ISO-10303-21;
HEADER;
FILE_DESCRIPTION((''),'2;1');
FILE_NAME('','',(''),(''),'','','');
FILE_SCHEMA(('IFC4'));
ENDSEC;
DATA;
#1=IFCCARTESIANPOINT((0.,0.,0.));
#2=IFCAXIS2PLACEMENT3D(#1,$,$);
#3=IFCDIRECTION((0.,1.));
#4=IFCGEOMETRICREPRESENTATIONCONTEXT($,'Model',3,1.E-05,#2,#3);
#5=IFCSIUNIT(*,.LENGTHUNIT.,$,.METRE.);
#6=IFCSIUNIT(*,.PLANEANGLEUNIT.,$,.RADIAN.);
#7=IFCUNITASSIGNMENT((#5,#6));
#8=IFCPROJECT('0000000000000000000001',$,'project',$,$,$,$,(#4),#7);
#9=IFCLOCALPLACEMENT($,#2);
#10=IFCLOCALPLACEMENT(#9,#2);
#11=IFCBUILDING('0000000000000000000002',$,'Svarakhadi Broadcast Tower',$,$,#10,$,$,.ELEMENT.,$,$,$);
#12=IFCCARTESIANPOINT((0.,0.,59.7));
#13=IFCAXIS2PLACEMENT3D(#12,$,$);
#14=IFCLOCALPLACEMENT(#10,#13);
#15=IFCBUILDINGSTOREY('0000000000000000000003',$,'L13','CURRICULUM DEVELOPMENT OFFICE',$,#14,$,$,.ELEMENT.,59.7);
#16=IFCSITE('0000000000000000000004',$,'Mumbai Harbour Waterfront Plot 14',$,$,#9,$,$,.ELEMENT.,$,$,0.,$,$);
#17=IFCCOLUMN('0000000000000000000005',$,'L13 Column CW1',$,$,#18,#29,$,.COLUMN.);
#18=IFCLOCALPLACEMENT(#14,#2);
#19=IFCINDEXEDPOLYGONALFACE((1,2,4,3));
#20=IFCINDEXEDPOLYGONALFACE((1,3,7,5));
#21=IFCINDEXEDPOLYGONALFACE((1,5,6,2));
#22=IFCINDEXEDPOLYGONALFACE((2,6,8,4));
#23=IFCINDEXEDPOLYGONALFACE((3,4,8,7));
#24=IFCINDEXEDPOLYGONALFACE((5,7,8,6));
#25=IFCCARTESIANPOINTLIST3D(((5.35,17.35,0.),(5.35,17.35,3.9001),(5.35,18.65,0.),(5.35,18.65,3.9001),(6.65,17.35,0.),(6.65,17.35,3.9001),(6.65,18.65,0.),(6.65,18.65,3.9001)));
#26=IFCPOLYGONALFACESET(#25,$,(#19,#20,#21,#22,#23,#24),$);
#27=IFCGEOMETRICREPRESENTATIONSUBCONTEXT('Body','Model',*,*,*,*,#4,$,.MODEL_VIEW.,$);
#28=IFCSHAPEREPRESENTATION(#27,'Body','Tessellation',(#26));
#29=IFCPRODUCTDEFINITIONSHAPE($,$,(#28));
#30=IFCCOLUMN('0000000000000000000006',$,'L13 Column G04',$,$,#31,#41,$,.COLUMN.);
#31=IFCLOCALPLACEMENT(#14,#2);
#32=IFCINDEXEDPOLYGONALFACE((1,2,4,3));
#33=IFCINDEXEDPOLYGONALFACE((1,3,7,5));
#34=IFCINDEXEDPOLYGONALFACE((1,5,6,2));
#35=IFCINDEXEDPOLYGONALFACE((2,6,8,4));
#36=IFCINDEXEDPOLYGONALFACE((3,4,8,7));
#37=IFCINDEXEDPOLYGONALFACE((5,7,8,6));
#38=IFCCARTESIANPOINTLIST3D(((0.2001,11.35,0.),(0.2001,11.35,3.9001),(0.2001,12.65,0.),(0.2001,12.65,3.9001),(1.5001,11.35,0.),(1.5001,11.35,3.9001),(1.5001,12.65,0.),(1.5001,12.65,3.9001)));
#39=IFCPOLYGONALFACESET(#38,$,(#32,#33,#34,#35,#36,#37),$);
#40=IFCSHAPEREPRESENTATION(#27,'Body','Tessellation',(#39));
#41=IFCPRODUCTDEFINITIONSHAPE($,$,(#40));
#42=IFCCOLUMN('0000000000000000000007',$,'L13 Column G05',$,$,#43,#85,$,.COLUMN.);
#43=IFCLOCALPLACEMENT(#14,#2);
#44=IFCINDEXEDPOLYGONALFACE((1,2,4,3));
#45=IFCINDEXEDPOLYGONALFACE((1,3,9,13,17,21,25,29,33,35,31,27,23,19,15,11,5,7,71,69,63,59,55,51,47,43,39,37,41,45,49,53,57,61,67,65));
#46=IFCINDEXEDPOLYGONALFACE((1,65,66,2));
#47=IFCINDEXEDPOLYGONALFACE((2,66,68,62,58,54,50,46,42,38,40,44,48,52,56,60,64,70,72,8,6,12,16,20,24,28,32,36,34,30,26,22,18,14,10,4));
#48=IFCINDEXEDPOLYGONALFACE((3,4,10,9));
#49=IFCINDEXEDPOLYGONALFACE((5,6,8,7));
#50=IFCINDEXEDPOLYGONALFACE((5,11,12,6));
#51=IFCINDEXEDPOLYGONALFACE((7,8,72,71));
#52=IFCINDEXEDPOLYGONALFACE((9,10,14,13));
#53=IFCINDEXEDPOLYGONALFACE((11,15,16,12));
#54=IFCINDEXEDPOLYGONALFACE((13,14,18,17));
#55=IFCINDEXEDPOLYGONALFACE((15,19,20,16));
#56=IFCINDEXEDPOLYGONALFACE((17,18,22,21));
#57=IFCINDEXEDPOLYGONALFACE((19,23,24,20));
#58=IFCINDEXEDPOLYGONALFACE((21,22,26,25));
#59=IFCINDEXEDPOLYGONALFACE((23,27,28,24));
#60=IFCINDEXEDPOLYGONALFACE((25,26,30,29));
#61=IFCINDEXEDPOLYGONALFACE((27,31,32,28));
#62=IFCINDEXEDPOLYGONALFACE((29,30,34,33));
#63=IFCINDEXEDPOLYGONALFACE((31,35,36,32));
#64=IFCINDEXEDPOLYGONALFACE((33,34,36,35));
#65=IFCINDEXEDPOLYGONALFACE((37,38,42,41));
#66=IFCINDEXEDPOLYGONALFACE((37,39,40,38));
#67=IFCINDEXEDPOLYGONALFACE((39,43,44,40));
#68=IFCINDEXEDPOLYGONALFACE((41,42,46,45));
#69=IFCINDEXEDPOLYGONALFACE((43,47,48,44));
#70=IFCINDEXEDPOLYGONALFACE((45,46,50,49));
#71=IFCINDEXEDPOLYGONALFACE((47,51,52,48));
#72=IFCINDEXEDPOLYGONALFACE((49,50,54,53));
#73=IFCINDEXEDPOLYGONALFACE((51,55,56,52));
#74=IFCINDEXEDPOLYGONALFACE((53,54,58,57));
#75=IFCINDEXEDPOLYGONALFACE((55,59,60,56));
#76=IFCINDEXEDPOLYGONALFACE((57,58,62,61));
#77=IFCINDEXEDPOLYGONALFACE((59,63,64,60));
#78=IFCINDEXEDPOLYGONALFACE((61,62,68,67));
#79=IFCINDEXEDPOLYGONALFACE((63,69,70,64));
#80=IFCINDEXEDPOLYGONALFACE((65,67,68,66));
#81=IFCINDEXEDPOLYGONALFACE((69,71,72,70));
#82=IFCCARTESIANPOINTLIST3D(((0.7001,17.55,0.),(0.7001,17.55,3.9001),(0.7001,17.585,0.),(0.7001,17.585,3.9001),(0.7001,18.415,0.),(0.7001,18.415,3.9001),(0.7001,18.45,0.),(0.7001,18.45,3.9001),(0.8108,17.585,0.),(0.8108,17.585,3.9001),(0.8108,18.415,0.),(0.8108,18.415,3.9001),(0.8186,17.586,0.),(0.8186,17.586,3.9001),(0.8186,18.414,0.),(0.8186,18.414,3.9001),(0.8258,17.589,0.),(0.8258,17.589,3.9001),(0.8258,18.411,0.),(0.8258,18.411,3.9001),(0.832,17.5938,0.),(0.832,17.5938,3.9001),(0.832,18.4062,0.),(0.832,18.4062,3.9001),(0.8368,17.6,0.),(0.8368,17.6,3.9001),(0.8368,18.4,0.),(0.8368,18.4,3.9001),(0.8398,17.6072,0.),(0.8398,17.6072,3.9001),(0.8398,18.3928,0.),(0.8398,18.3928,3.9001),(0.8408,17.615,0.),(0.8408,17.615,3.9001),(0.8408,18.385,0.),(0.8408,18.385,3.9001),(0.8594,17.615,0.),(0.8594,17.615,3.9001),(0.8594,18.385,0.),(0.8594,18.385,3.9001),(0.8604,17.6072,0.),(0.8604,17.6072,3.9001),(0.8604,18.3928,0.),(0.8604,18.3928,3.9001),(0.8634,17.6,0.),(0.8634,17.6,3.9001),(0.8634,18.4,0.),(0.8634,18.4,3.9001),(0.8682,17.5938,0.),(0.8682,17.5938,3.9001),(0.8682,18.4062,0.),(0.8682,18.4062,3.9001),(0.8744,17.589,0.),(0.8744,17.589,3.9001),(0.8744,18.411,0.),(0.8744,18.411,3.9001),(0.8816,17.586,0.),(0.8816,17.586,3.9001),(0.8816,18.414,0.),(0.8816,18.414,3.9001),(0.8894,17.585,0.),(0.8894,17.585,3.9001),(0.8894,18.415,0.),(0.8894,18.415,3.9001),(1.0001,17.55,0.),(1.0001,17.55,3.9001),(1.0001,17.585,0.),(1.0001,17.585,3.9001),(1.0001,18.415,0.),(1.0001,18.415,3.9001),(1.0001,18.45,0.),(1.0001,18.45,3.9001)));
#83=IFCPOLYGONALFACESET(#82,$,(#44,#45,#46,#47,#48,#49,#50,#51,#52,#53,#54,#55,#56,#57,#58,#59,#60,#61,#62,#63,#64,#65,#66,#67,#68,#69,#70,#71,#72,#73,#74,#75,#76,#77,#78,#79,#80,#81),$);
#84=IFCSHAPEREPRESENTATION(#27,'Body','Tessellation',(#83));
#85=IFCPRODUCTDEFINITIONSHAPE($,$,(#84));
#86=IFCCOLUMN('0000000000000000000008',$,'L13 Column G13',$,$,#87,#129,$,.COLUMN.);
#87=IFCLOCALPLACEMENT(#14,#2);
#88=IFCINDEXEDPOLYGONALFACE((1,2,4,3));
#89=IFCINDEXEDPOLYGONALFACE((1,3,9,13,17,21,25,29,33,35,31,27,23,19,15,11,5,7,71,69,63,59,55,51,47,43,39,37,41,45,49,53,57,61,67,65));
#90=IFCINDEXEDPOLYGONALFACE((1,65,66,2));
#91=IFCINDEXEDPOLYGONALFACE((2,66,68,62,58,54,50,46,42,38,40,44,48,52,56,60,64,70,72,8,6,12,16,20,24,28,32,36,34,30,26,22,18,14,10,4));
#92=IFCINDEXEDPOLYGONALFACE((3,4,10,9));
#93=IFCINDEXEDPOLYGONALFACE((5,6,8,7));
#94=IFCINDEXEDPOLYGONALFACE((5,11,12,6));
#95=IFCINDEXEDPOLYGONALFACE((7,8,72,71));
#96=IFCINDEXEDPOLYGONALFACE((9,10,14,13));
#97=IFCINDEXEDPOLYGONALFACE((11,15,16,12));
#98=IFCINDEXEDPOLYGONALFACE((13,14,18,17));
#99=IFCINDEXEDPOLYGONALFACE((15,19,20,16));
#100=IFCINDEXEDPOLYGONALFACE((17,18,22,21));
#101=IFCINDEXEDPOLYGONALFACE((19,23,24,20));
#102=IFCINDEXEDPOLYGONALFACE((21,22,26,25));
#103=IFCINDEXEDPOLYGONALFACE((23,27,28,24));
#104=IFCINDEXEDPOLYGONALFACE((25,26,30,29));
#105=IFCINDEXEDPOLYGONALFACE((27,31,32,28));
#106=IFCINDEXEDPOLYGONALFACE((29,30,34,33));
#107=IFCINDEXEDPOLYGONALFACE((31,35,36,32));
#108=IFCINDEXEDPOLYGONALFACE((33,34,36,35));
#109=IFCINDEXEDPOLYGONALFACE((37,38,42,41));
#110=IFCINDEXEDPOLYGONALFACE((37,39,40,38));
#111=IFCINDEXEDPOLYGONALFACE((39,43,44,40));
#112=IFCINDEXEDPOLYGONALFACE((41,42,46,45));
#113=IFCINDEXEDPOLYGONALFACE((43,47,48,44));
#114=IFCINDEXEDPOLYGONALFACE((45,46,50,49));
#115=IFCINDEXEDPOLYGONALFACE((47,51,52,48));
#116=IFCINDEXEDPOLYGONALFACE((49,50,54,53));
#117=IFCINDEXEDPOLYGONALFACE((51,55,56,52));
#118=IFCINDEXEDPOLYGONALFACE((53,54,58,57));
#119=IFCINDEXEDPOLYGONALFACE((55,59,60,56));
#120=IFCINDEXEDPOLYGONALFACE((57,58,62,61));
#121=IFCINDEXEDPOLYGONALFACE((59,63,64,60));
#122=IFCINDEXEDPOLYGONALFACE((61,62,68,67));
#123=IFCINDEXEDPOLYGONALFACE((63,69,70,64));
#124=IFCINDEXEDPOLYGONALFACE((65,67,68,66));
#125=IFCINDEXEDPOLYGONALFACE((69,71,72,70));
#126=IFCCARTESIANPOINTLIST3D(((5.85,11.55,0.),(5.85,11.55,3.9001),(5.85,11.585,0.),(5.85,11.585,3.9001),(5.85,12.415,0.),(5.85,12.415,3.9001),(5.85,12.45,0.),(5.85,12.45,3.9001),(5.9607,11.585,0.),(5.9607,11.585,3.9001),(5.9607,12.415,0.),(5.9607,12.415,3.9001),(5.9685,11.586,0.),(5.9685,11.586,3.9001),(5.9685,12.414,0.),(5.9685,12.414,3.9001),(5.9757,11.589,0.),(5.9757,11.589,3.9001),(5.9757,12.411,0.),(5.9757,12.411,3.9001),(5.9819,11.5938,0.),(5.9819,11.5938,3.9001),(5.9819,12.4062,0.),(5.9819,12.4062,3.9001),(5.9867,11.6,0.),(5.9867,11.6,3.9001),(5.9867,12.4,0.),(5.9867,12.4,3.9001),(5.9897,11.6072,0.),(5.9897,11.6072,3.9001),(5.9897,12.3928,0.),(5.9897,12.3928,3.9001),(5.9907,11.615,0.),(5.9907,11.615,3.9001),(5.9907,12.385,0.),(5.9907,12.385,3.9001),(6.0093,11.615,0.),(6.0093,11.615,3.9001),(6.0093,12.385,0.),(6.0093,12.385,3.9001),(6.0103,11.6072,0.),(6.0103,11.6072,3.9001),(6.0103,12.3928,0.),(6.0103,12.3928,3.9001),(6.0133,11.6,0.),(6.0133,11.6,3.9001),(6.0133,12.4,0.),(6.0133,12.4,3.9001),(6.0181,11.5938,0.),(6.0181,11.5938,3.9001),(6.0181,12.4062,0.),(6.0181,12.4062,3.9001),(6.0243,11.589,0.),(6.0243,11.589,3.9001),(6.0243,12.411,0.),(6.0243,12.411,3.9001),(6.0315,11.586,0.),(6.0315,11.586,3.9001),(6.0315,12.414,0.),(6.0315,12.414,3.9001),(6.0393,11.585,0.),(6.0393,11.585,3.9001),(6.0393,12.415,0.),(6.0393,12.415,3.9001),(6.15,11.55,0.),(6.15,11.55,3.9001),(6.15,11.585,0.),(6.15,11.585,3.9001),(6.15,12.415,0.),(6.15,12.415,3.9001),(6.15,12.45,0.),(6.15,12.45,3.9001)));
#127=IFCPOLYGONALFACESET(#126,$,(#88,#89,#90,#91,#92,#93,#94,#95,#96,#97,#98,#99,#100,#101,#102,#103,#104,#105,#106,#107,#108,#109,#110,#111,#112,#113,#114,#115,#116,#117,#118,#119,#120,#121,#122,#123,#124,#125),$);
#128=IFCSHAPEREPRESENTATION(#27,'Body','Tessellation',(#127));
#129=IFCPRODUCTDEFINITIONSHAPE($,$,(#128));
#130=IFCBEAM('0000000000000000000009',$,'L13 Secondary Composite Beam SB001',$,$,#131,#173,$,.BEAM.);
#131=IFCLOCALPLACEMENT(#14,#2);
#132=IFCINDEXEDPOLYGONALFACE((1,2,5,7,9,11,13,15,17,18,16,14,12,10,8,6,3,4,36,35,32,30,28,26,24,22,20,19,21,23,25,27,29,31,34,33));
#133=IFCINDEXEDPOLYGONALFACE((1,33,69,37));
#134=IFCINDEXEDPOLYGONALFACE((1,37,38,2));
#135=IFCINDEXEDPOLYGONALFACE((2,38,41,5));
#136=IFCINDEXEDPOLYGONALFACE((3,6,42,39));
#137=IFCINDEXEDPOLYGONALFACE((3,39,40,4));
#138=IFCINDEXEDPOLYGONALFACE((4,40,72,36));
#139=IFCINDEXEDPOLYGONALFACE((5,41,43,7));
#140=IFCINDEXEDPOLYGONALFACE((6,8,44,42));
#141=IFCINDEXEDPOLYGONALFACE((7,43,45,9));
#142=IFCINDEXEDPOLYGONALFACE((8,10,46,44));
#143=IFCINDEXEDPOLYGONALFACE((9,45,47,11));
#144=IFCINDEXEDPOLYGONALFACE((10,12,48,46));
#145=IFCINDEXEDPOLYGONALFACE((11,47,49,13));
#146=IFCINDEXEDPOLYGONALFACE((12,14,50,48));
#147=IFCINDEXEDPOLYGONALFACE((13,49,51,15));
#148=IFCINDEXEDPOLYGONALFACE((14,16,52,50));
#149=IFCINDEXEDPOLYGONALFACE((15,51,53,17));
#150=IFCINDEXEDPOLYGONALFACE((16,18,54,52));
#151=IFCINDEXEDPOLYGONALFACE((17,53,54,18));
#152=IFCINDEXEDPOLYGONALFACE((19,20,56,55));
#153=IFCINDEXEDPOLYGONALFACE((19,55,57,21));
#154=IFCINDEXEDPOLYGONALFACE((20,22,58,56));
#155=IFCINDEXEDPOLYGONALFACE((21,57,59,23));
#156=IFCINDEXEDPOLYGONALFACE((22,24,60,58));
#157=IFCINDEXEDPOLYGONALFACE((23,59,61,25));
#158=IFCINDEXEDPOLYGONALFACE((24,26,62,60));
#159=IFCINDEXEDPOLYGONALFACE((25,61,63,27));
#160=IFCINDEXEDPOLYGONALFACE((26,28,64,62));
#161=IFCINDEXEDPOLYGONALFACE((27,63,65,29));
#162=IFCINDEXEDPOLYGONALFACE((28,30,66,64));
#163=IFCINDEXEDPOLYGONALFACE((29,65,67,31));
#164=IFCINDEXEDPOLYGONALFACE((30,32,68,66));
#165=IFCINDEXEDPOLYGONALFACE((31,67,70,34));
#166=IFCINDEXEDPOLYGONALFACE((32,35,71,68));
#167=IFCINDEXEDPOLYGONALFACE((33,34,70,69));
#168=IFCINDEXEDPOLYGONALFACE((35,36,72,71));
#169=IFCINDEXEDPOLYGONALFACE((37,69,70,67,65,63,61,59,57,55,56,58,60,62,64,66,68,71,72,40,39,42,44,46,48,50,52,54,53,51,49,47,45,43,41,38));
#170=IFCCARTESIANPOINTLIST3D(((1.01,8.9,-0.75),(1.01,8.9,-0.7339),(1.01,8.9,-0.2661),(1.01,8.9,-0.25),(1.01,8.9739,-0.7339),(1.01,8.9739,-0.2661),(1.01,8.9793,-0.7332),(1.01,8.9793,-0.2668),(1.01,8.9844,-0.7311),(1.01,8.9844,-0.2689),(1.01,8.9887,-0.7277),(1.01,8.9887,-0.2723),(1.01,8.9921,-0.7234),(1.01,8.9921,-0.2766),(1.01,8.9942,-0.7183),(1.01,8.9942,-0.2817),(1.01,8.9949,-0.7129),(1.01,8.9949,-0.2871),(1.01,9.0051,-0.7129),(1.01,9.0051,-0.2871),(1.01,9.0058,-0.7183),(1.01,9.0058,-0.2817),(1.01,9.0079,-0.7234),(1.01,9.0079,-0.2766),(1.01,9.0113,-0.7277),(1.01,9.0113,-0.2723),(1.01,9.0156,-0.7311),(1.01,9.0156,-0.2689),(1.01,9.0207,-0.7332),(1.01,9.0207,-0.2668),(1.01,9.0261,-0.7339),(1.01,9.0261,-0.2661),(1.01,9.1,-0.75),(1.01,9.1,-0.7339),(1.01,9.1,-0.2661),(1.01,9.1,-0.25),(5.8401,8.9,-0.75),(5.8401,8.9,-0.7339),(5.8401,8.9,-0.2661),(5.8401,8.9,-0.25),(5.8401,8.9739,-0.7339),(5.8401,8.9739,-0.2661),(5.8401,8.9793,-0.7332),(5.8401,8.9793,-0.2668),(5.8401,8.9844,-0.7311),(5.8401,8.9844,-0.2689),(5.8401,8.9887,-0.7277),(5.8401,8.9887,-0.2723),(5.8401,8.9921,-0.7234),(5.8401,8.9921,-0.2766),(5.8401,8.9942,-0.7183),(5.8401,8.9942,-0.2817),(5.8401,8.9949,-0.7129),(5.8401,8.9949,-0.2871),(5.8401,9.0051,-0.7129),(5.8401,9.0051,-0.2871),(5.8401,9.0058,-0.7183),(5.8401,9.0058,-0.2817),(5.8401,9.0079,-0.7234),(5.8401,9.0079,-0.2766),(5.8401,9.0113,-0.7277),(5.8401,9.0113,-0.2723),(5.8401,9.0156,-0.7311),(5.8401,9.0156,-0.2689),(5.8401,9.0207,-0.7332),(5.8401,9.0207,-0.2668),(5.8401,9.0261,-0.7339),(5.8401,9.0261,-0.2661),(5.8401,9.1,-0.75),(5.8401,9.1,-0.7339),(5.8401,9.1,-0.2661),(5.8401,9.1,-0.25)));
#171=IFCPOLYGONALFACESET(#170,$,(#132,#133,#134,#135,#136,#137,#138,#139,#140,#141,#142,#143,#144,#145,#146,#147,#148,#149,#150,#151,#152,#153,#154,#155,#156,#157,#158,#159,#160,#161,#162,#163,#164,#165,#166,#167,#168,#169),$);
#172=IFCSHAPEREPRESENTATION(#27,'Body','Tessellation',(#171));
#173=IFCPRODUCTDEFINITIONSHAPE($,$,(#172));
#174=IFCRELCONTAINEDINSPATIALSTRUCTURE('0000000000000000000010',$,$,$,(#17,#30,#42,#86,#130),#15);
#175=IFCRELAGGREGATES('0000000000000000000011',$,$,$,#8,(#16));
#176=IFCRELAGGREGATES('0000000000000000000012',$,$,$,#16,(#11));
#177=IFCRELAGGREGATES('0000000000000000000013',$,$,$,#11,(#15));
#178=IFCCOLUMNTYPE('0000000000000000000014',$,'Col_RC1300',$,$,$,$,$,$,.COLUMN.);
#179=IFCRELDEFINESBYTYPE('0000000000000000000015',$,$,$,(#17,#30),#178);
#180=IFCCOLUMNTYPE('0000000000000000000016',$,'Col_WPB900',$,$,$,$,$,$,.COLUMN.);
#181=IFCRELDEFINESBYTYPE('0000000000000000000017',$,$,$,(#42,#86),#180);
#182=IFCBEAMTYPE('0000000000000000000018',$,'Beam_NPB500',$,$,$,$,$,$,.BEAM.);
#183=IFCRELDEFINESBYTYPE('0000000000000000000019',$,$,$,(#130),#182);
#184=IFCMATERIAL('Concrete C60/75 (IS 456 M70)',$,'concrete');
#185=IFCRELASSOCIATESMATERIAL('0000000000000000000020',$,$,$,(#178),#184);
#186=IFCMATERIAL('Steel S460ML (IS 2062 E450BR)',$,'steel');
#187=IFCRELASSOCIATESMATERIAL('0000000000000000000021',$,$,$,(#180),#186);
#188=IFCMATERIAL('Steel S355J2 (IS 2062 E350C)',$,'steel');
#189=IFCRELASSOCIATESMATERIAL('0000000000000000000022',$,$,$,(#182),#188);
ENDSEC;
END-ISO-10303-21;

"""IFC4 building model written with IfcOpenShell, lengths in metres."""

from ifc_helpers import new_model, si_unit, direction, frame, origin, origin_2d, place, context, subcontext, project, spatial, rectangle, i_section, extrude, material, material_profile, profile_set, type_object, element, save


model = new_model("IFC4")

# Units and contexts
model_context = context("Model", 3, precision=1e-05, world=origin(), true_north=direction((0.0, 1.0)))
body_context = subcontext(model_context, "Body", "Model", "MODEL_VIEW")
ifc_project = project(units=[si_unit("LENGTHUNIT", "METRE"), si_unit("PLANEANGLEUNIT", "RADIAN")], contexts=[model_context])

# Site, building, storey
site_placement = place(None, origin())
site = spatial("IfcSite", under=ifc_project, at=site_placement, Name="Mumbai Harbour Waterfront Plot 14", CompositionType="ELEMENT", RefElevation=0.0)
building_placement = place(site_placement, origin())
building = spatial("IfcBuilding", under=site, at=building_placement, Name="Svarakhadi Broadcast Tower", CompositionType="ELEMENT")
storey_placement = place(building_placement, frame((0.0, 0.0, 59.7)))
storey = spatial("IfcBuildingStorey", under=building, at=storey_placement, Name="L13", Description="CURRICULUM DEVELOPMENT OFFICE", CompositionType="ELEMENT", Elevation=59.7)

# Columns
ifc_material_1 = material(Name="Concrete C60/75 (IS 456 M70)", Category="concrete")
ifc_material_profile_1 = material_profile(ifc_material_1, rectangle(XDim=1.3, YDim=1.3, at=origin_2d()), Name="RC 1300x1300")
ifc_profile_set_1 = profile_set([ifc_material_profile_1], Name="Concrete C60/75 (IS 456 M70)")
column_type_1 = type_object("IfcColumnType", Name="Col_RC1300", PredefinedType="COLUMN", material=ifc_profile_set_1)
for number, where, z_axis, x_axis, name in (
    (1, (6.0, 18.0, 0.0), (0.0, 0.0, 1.0), (1.0, 0.0, 0.0), "L13 Column CW1"),
    (2, (0.8501, 12.0, 0.0), (0.0, 0.0, 1.0), (1.0, 0.0, 0.0), "L13 Column G04"),
):
    element("IfcColumn", number, at=place(storey_placement, frame(where, z_axis=z_axis, x_axis=x_axis)), inside=storey, type_object=column_type_1, Name=name, PredefinedType="COLUMN", context=body_context, shape_type="SweptSolid", body=[
        extrude(rectangle(XDim=1.3, YDim=1.3, at=origin_2d()), origin(), (0.0, 0.0, 1.0), 3.9001),
    ])
ifc_material_2 = material(Name="Steel S460ML (IS 2062 E450BR)", Category="steel")
ifc_material_profile_2 = material_profile(ifc_material_2, i_section(OverallWidth=0.3, OverallDepth=0.8999, WebThickness=0.0186, FlangeThickness=0.0349, FilletRadius=0.03, at=origin_2d()), Name="WPB 900x300x291")
ifc_profile_set_2 = profile_set([ifc_material_profile_2], Name="Steel S460ML (IS 2062 E450BR)")
column_type_2 = type_object("IfcColumnType", Name="Col_WPB900", PredefinedType="COLUMN", material=ifc_profile_set_2)
for number, where, z_axis, x_axis, name in (
    (3, (0.8501, 18.0, 0.0), (0.0, 0.0, 1.0), (1.0, 0.0, 0.0), "L13 Column G05"),
    (4, (6.0, 12.0, 0.0), (0.0, 0.0, 1.0), (1.0, 0.0, 0.0), "L13 Column G13"),
):
    element("IfcColumn", number, at=place(storey_placement, frame(where, z_axis=z_axis, x_axis=x_axis)), inside=storey, type_object=column_type_2, Name=name, PredefinedType="COLUMN", context=body_context, shape_type="SweptSolid", body=[
        extrude(i_section(OverallWidth=0.3, OverallDepth=0.8999, WebThickness=0.0186, FlangeThickness=0.0349, FilletRadius=0.03, at=origin_2d()), origin(), (0.0, 0.0, 1.0), 3.9001),
    ])

# Beam
ifc_material_3 = material(Name="Steel S355J2 (IS 2062 E350C)", Category="steel")
ifc_material_profile_3 = material_profile(ifc_material_3, i_section(OverallWidth=0.2, OverallDepth=0.5, WebThickness=0.0103, FlangeThickness=0.0161, FilletRadius=0.021, at=origin_2d()), Name="NPB 500x200x91")
ifc_profile_set_3 = profile_set([ifc_material_profile_3], Name="Steel S355J2 (IS 2062 E350C)")
beam_type_1 = type_object("IfcBeamType", Name="Beam_NPB500", PredefinedType="BEAM", material=ifc_profile_set_3)
for number, where, z_axis, x_axis, name in (
    (5, (1.01, 9.0, -0.5), (1.0, 0.0, 0.0), (0.0, 1.0, 0.0), "L13 Secondary Composite Beam SB001"),
):
    element("IfcBeam", number, at=place(storey_placement, frame(where, z_axis=z_axis, x_axis=x_axis)), inside=storey, type_object=beam_type_1, Name=name, PredefinedType="BEAM", context=body_context, shape_type="SweptSolid", body=[
        extrude(i_section(OverallWidth=0.2, OverallDepth=0.5, WebThickness=0.0103, FlangeThickness=0.0161, FilletRadius=0.021, at=origin_2d()), origin(), (0.0, 0.0, 1.0), 4.8301),
    ])

save(model, "model.ifc")
